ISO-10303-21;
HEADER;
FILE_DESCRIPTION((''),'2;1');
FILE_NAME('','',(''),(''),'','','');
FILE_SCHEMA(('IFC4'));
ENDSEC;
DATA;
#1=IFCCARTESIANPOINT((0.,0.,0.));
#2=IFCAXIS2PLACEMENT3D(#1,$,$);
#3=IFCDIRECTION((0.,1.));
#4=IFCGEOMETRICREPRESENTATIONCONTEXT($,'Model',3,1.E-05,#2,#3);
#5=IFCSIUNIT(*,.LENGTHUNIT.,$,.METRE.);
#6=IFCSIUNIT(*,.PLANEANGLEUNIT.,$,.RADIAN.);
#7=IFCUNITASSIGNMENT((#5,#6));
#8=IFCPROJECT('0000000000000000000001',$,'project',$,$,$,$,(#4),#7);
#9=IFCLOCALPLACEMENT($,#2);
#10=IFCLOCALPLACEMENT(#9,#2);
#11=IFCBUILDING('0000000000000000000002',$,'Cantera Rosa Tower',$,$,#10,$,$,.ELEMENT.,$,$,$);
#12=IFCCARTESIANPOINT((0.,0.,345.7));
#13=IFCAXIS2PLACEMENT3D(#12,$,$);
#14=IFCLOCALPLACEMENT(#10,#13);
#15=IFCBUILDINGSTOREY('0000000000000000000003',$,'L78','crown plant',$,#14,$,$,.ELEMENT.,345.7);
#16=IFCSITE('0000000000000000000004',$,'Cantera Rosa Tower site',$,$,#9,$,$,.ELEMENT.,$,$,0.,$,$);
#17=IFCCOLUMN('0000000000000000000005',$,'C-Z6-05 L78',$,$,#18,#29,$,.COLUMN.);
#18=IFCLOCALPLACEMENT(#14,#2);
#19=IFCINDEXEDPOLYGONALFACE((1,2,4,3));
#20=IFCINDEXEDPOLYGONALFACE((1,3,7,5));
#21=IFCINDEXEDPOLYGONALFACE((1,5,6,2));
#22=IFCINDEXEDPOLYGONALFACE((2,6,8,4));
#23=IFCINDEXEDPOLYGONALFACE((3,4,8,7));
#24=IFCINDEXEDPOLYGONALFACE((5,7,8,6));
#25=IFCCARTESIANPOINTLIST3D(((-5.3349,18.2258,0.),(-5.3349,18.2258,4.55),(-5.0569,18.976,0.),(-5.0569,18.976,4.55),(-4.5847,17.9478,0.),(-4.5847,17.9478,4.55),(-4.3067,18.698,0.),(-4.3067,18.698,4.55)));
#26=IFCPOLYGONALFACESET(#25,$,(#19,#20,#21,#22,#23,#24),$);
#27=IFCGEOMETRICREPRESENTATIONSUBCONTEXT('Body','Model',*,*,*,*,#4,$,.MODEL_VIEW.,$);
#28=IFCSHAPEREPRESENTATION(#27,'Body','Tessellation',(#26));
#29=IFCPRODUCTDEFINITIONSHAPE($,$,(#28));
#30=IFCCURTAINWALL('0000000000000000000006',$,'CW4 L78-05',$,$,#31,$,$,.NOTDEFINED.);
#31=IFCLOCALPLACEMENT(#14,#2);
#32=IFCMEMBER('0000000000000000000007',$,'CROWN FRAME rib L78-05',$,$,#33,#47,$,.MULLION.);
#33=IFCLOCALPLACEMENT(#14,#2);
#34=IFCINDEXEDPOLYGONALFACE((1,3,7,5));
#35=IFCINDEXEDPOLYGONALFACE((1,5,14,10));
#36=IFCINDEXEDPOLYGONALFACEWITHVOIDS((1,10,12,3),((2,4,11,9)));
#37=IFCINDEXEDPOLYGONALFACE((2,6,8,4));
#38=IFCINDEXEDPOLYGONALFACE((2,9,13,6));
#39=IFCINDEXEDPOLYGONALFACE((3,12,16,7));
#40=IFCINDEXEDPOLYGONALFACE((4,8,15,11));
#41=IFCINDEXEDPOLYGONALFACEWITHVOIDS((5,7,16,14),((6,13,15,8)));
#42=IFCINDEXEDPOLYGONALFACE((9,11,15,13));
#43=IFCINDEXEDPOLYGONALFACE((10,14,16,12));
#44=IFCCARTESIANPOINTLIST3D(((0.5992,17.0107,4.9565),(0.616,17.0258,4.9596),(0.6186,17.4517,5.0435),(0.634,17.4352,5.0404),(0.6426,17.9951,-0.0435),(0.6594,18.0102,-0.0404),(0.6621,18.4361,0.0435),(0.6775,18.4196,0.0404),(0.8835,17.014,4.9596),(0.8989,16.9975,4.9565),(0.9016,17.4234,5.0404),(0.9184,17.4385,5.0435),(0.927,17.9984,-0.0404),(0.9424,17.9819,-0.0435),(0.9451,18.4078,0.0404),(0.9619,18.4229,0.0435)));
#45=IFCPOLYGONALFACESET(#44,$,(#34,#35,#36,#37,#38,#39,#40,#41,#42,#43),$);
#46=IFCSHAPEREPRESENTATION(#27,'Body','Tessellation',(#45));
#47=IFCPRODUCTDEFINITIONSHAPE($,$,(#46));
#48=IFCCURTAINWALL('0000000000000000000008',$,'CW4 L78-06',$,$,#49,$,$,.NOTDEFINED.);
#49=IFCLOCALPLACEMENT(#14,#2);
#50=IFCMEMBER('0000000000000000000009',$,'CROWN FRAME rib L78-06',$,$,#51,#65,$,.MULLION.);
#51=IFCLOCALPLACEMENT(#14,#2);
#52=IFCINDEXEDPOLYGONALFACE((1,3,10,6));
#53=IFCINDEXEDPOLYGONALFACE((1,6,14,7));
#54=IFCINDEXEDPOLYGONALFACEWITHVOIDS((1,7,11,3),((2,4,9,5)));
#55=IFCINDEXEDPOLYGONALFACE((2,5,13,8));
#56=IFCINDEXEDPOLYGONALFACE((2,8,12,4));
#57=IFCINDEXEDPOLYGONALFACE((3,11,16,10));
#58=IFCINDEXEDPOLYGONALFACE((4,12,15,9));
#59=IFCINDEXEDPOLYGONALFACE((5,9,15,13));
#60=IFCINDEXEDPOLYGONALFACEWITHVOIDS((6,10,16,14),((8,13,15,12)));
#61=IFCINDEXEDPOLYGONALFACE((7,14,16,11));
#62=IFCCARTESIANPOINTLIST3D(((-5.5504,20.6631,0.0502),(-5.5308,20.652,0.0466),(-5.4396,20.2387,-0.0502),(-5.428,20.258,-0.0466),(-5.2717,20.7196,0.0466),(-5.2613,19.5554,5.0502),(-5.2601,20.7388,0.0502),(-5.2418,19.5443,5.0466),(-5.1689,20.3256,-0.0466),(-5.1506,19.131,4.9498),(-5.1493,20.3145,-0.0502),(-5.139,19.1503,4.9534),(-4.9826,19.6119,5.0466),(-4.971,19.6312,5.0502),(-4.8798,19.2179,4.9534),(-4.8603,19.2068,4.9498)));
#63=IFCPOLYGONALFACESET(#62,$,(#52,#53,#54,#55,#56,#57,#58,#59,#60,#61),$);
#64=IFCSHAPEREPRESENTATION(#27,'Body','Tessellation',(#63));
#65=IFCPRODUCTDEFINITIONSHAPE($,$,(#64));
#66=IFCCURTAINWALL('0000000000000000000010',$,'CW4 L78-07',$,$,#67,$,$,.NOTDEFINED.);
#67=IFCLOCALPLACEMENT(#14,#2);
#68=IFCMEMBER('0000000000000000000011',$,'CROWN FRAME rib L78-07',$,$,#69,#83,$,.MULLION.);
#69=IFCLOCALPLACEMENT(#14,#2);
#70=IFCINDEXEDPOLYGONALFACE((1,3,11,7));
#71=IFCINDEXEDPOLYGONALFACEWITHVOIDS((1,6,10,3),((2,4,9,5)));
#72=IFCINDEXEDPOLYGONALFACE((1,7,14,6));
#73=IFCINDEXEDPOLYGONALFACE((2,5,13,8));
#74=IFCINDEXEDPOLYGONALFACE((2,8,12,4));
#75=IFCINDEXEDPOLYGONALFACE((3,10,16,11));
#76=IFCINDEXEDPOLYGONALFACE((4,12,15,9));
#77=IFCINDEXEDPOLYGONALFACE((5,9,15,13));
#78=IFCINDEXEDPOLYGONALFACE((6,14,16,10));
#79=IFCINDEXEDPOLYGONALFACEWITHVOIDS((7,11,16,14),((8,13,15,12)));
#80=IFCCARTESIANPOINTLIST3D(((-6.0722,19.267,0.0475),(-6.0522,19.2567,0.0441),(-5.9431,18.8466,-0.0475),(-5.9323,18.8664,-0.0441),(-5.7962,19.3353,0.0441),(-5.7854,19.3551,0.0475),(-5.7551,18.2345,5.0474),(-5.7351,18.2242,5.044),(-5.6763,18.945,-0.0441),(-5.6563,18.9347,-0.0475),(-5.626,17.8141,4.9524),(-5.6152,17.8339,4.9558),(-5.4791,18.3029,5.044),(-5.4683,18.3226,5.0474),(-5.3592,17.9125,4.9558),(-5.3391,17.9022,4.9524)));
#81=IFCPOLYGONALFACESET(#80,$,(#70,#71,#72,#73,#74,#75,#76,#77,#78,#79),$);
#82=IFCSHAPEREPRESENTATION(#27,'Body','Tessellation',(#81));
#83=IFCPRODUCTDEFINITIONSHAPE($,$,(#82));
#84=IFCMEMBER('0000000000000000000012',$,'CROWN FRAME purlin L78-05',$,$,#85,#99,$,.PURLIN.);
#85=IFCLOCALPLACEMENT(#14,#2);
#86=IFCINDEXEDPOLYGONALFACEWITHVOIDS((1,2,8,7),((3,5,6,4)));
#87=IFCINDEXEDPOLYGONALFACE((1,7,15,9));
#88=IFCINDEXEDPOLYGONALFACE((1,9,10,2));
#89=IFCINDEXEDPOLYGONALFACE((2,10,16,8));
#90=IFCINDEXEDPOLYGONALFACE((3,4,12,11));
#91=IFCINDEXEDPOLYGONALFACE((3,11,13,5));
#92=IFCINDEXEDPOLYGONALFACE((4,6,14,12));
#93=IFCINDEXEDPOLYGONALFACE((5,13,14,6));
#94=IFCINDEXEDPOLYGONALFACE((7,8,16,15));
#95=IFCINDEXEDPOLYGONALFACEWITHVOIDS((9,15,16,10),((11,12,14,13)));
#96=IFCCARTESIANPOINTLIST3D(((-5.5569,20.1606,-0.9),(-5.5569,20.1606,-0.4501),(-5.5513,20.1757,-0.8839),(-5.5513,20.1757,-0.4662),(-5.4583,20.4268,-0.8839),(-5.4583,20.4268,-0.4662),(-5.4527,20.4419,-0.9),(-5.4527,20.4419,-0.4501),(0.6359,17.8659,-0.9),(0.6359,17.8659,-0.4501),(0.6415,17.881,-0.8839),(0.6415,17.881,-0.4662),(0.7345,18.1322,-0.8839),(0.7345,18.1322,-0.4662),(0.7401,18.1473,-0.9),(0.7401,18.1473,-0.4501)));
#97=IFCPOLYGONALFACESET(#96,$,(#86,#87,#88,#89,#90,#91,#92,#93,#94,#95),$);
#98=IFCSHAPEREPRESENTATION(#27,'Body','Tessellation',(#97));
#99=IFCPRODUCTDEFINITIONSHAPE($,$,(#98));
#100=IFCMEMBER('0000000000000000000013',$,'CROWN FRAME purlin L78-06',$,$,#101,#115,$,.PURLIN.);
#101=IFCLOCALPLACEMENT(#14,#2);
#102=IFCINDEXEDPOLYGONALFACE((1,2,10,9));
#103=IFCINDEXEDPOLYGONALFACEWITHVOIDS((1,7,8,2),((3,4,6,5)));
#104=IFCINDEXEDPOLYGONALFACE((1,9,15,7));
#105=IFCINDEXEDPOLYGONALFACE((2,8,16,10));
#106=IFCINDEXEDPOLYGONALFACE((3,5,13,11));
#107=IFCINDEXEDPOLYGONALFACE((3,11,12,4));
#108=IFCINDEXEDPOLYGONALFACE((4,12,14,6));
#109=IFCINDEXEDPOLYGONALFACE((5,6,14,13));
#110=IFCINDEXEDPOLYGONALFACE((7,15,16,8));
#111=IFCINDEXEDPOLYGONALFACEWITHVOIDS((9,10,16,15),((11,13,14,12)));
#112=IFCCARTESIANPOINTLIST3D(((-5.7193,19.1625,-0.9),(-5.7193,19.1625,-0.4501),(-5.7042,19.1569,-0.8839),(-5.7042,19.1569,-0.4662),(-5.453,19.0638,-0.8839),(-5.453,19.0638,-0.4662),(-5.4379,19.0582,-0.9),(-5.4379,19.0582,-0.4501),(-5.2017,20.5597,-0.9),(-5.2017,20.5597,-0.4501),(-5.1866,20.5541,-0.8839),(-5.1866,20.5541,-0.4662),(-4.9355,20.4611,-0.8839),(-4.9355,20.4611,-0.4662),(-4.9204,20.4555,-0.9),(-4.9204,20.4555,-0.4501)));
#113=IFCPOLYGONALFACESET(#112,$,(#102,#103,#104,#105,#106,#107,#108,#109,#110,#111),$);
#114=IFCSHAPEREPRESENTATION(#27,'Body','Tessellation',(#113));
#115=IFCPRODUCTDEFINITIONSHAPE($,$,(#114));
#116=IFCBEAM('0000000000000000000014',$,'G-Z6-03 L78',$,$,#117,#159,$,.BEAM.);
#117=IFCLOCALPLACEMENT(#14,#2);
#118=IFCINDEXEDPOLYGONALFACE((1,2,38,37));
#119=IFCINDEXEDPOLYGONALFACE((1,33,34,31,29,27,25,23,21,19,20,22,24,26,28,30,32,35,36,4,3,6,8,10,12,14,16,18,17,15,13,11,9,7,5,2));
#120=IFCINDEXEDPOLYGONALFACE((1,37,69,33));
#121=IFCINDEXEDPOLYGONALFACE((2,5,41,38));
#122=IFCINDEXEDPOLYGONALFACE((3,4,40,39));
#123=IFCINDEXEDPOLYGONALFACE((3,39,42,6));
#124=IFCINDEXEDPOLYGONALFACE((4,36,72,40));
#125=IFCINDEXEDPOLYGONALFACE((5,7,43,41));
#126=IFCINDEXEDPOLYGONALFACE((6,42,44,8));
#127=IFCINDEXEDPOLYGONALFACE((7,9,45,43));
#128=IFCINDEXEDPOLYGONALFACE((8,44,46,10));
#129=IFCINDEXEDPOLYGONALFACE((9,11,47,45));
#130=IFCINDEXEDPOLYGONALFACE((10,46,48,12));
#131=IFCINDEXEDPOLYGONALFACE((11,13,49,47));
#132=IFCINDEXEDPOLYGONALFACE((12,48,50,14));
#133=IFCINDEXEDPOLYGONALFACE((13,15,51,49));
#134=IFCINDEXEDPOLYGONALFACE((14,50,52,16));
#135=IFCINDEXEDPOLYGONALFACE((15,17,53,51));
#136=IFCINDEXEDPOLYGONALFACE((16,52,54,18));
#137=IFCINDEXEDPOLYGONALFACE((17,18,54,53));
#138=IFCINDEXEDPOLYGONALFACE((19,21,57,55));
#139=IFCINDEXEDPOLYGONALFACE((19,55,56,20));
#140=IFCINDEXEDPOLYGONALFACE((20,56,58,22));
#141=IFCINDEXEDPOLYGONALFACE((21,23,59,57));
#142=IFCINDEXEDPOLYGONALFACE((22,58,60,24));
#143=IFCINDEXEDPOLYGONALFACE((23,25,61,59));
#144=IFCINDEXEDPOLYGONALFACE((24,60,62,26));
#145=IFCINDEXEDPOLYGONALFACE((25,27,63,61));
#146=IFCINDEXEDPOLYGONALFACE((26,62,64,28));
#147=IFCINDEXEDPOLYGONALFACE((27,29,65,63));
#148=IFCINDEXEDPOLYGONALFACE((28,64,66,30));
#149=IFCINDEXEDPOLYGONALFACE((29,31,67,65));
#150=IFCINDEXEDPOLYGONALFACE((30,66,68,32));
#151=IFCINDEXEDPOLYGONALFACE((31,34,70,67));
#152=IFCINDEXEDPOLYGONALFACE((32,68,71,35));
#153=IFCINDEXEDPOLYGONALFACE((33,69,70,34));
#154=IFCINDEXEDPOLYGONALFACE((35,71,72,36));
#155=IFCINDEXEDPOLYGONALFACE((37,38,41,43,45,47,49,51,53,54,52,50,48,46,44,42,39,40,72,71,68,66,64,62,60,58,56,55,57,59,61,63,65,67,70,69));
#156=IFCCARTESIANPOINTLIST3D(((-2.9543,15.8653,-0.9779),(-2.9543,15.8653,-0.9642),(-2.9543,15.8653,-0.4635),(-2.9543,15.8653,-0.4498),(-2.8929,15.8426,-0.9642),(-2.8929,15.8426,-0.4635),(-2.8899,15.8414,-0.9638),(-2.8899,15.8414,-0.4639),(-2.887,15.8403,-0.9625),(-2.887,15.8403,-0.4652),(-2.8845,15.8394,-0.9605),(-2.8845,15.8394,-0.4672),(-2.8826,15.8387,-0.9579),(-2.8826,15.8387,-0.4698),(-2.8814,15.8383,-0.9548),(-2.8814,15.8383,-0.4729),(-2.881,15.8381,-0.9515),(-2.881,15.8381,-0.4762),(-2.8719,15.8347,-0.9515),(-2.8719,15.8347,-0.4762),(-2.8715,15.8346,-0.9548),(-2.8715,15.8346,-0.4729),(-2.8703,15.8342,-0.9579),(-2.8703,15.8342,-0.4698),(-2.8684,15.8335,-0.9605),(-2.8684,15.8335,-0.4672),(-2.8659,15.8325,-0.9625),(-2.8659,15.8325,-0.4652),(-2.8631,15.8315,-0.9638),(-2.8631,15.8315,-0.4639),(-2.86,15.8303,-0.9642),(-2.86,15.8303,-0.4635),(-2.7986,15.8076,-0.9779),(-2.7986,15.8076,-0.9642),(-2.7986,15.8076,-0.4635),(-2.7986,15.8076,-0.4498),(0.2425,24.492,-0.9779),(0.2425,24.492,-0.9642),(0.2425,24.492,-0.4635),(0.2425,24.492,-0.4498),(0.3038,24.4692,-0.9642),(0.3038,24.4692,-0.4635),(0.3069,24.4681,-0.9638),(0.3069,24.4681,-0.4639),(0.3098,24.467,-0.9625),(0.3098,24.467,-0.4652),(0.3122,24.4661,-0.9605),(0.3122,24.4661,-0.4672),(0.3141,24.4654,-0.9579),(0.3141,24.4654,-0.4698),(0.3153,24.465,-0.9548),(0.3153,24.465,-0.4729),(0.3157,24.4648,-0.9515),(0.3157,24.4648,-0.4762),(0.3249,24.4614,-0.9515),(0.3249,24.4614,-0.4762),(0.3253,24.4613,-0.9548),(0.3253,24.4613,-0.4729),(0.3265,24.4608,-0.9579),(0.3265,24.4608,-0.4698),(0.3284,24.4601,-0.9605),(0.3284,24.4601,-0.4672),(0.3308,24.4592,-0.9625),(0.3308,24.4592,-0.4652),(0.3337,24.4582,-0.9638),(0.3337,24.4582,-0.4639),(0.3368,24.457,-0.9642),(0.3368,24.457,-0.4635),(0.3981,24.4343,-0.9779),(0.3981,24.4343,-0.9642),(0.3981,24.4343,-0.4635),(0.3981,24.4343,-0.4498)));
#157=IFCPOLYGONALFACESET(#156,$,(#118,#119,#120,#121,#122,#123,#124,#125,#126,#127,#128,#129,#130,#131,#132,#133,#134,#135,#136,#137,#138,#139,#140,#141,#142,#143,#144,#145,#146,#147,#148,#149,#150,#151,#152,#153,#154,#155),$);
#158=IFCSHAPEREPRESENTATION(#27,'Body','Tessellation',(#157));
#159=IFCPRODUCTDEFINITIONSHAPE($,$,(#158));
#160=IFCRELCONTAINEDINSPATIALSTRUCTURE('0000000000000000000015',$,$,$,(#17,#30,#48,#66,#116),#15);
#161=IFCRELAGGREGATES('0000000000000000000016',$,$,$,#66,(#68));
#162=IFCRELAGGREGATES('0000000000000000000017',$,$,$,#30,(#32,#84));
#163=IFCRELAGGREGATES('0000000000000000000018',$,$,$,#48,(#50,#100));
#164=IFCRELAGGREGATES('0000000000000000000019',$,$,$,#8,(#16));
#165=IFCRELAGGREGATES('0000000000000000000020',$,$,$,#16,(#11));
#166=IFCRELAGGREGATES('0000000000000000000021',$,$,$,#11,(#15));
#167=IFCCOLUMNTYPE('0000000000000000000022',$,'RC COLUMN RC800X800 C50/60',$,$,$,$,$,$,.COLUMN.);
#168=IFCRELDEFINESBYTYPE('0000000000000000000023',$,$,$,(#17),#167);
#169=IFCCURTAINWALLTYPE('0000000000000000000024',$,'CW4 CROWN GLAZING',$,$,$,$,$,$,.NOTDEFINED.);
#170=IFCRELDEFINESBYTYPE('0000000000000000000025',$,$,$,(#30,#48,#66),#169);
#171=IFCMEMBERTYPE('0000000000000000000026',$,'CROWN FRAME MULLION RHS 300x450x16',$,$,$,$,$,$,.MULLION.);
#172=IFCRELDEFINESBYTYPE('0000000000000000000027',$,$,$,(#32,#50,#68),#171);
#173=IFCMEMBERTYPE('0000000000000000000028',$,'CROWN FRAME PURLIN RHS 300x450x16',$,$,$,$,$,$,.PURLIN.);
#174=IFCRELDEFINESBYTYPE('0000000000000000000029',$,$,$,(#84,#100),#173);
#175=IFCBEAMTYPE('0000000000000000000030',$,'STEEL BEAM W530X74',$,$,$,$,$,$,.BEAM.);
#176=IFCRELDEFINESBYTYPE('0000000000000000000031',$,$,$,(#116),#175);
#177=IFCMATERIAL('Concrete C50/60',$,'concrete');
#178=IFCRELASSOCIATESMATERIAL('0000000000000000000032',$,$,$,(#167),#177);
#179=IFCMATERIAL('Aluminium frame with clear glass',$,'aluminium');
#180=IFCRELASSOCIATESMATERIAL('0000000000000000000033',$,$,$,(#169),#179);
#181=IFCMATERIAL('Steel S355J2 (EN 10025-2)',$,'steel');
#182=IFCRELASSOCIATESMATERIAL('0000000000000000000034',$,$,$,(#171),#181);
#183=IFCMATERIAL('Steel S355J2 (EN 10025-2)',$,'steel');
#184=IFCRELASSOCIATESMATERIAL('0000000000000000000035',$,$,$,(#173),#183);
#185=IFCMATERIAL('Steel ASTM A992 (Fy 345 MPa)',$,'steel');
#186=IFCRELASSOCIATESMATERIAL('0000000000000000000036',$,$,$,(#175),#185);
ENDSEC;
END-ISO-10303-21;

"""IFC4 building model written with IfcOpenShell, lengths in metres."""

from ifc_helpers import new_model, si_unit, direction, frame, origin, origin_2d, place, context, subcontext, project, spatial, rectangle, hollow_rectangle, i_section, extrude, material, material_profile, profile_set, type_object, element, aggregate, save


model = new_model("IFC4")

# Units and contexts
model_context = context("Model", 3, precision=1e-05, world=origin(), true_north=direction((0.0, 1.0)))
body_context = subcontext(model_context, "Body", "Model", "MODEL_VIEW")
ifc_project = project(units=[si_unit("LENGTHUNIT", "METRE"), si_unit("PLANEANGLEUNIT", "RADIAN")], contexts=[model_context])

# Site, building, storey
site_placement = place(None, origin())
site = spatial("IfcSite", under=ifc_project, at=site_placement, Name="Cantera Rosa Tower site", CompositionType="ELEMENT", RefElevation=0.0)
building_placement = place(site_placement, origin())
building = spatial("IfcBuilding", under=site, at=building_placement, Name="Cantera Rosa Tower", CompositionType="ELEMENT")
storey_placement = place(building_placement, frame((0.0, 0.0, 345.7)))
storey = spatial("IfcBuildingStorey", under=building, at=storey_placement, Name="L78", Description="crown plant", CompositionType="ELEMENT", Elevation=345.7)

# Column
ifc_material_1 = material(Name="Concrete C50/60", Category="concrete")
ifc_material_profile_1 = material_profile(ifc_material_1, rectangle(XDim=0.8, YDim=0.8, at=origin_2d()), Name="RC COLUMN RC800X800 C50/60")
ifc_profile_set_1 = profile_set([ifc_material_profile_1], Name="Concrete C50/60")
column_type = type_object("IfcColumnType", Name="RC COLUMN RC800X800 C50/60", PredefinedType="COLUMN", material=ifc_profile_set_1)
column_placement = place(storey_placement, frame((-4.8208, 18.4619, 0.0), z_axis=(0.0, 0.0, 1.0), x_axis=(0.347481, 0.937687, 0.0)))
element("IfcColumn", 1, at=column_placement, inside=storey, type_object=column_type, Name="C-Z6-05 L78", PredefinedType="COLUMN", context=body_context, shape_type="SweptSolid", body=[
    extrude(rectangle(XDim=0.8, YDim=0.8, at=origin_2d()), origin(), (0.0, 0.0, 1.0), 4.55),
])

# Curtain walls, members
ifc_material_2 = material(Name="Aluminium frame with clear glass", Category="aluminium")
curtain_wall_type = type_object("IfcCurtainWallType", Name="CW4 CROWN GLAZING", PredefinedType="NOTDEFINED", material=ifc_material_2)
curtain_wall_1_placement = place(storey_placement, origin())
curtain_wall_1 = element("IfcCurtainWall", 2, at=curtain_wall_1_placement, inside=storey, type_object=curtain_wall_type, Name="CW4 L78-05", PredefinedType="NOTDEFINED")
ifc_material_3 = material(Name="Steel S355J2 (EN 10025-2)", Category="steel")
ifc_material_profile_2 = material_profile(ifc_material_3, hollow_rectangle(XDim=0.3, YDim=0.45, WallThickness=0.0161, at=origin_2d()), Name="CROWN FRAME MULLION RHS 300x450x16")
ifc_profile_set_2 = profile_set([ifc_material_profile_2], Name="Steel S355J2 (EN 10025-2)")
member_type_1 = type_object("IfcMemberType", Name="CROWN FRAME MULLION RHS 300x450x16", PredefinedType="MULLION", material=ifc_profile_set_2)
member_1_placement = place(storey_placement, frame((0.8022, 18.209, 0.0), z_axis=(-0.008527, -0.19316, 0.98113), x_axis=(0.999027, -0.044104, 0.0)))
member_1 = element("IfcMember", 3, at=member_1_placement, type_object=member_type_1, Name="CROWN FRAME rib L78-05", PredefinedType="MULLION", context=body_context, shape_type="SweptSolid", body=[
    extrude(hollow_rectangle(XDim=0.3, YDim=0.45, WallThickness=0.0161, at=origin_2d()), origin(), (0.0, 0.0, 1.0), 5.0962),
])
curtain_wall_2_placement = place(storey_placement, origin())
curtain_wall_2 = element("IfcCurtainWall", 4, at=curtain_wall_2_placement, inside=storey, type_object=curtain_wall_type, Name="CW4 L78-06", PredefinedType="NOTDEFINED")
member_2_placement = place(storey_placement, frame((-5.3499, 20.4888, 0.0), z_axis=(0.056354, -0.215946, 0.974778), x_axis=(0.967595, 0.252509, 0.0)))
member_2 = element("IfcMember", 5, at=member_2_placement, type_object=member_type_1, Name="CROWN FRAME rib L78-06", PredefinedType="MULLION", context=body_context, shape_type="SweptSolid", body=[
    extrude(hollow_rectangle(XDim=0.3, YDim=0.45, WallThickness=0.0161, at=origin_2d()), origin(), (0.0, 0.0, 1.0), 5.1294),
])
curtain_wall_3_placement = place(storey_placement, origin())
curtain_wall_3 = element("IfcCurtainWall", 6, at=curtain_wall_3_placement, inside=storey, type_object=curtain_wall_type, Name="CW4 L78-07", PredefinedType="NOTDEFINED")
member_3_placement = place(storey_placement, frame((-5.8643, 19.1008, 0.0), z_axis=(0.061998, -0.201839, 0.977455), x_axis=(0.955921, 0.293625, 0.0)))
member_3 = element("IfcMember", 7, at=member_3_placement, type_object=member_type_1, Name="CROWN FRAME rib L78-07", PredefinedType="MULLION", context=body_context, shape_type="SweptSolid", body=[
    extrude(hollow_rectangle(XDim=0.3, YDim=0.45, WallThickness=0.0161, at=origin_2d()), origin(), (0.0, 0.0, 1.0), 5.1152),
])

# Members
ifc_material_4 = material(Name="Steel S355J2 (EN 10025-2)", Category="steel")
ifc_material_profile_3 = material_profile(ifc_material_4, hollow_rectangle(XDim=0.3, YDim=0.45, WallThickness=0.0161, at=origin_2d()), Name="CROWN FRAME PURLIN RHS 300x450x16")
ifc_profile_set_3 = profile_set([ifc_material_profile_3], Name="Steel S355J2 (EN 10025-2)")
member_type_2 = type_object("IfcMemberType", Name="CROWN FRAME PURLIN RHS 300x450x16", PredefinedType="PURLIN", material=ifc_profile_set_3)
member_4_placement = place(storey_placement, frame((0.688, 18.0066, -0.675), z_axis=(-0.937698, 0.34745, 0.0), x_axis=(-0.34745, -0.937698, 0.0)))
member_4 = element("IfcMember", 8, at=member_4_placement, type_object=member_type_2, Name="CROWN FRAME purlin L78-05", PredefinedType="PURLIN", context=body_context, shape_type="SweptSolid", body=[
    extrude(hollow_rectangle(XDim=0.3, YDim=0.45, WallThickness=0.0161, at=origin_2d()), origin(), (0.0, 0.0, 1.0), 6.6042),
])
member_5_placement = place(storey_placement, frame((-5.061, 20.5076, -0.675), z_axis=(-0.347368, -0.937729, 0.0), x_axis=(0.937729, -0.347368, 0.0)))
member_5 = element("IfcMember", 9, at=member_5_placement, type_object=member_type_2, Name="CROWN FRAME purlin L78-06", PredefinedType="PURLIN", context=body_context, shape_type="SweptSolid", body=[
    extrude(hollow_rectangle(XDim=0.3, YDim=0.45, WallThickness=0.0161, at=origin_2d()), origin(), (0.0, 0.0, 1.0), 1.49),
])

# Beam
ifc_material_5 = material(Name="Steel ASTM A992 (Fy 345 MPa)", Category="steel")
ifc_material_profile_4 = material_profile(ifc_material_5, i_section(OverallWidth=0.166, OverallDepth=0.5281, WebThickness=0.0098, FlangeThickness=0.0137, FilletRadius=0.0127, at=origin_2d()), Name="W530X74")
ifc_profile_set_4 = profile_set([ifc_material_profile_4], Name="Steel ASTM A992 (Fy 345 MPa)")
beam_type_1 = type_object("IfcBeamType", Name="STEEL BEAM W530X74", PredefinedType="BEAM", material=ifc_profile_set_4)
beam_1_placement = place(storey_placement, frame((0.3203, 24.4631, -0.7139), z_axis=(-0.347477, -0.937689, 0.0), x_axis=(0.937689, -0.347477, 0.0)))
element("IfcBeam", 10, at=beam_1_placement, inside=storey, type_object=beam_type_1, Name="G-Z6-03 L78", PredefinedType="BEAM", context=body_context, shape_type="SweptSolid", body=[
    extrude(i_section(OverallWidth=0.166, OverallDepth=0.5281, WebThickness=0.0098, FlangeThickness=0.0137, FilletRadius=0.0127, at=origin_2d()), origin(), (0.0, 0.0, 1.0), 9.2),
])

aggregate(curtain_wall_3, [member_3])

aggregate(curtain_wall_1, [member_1, member_4])
aggregate(curtain_wall_2, [member_2, member_5])

save(model, "model.ifc")
